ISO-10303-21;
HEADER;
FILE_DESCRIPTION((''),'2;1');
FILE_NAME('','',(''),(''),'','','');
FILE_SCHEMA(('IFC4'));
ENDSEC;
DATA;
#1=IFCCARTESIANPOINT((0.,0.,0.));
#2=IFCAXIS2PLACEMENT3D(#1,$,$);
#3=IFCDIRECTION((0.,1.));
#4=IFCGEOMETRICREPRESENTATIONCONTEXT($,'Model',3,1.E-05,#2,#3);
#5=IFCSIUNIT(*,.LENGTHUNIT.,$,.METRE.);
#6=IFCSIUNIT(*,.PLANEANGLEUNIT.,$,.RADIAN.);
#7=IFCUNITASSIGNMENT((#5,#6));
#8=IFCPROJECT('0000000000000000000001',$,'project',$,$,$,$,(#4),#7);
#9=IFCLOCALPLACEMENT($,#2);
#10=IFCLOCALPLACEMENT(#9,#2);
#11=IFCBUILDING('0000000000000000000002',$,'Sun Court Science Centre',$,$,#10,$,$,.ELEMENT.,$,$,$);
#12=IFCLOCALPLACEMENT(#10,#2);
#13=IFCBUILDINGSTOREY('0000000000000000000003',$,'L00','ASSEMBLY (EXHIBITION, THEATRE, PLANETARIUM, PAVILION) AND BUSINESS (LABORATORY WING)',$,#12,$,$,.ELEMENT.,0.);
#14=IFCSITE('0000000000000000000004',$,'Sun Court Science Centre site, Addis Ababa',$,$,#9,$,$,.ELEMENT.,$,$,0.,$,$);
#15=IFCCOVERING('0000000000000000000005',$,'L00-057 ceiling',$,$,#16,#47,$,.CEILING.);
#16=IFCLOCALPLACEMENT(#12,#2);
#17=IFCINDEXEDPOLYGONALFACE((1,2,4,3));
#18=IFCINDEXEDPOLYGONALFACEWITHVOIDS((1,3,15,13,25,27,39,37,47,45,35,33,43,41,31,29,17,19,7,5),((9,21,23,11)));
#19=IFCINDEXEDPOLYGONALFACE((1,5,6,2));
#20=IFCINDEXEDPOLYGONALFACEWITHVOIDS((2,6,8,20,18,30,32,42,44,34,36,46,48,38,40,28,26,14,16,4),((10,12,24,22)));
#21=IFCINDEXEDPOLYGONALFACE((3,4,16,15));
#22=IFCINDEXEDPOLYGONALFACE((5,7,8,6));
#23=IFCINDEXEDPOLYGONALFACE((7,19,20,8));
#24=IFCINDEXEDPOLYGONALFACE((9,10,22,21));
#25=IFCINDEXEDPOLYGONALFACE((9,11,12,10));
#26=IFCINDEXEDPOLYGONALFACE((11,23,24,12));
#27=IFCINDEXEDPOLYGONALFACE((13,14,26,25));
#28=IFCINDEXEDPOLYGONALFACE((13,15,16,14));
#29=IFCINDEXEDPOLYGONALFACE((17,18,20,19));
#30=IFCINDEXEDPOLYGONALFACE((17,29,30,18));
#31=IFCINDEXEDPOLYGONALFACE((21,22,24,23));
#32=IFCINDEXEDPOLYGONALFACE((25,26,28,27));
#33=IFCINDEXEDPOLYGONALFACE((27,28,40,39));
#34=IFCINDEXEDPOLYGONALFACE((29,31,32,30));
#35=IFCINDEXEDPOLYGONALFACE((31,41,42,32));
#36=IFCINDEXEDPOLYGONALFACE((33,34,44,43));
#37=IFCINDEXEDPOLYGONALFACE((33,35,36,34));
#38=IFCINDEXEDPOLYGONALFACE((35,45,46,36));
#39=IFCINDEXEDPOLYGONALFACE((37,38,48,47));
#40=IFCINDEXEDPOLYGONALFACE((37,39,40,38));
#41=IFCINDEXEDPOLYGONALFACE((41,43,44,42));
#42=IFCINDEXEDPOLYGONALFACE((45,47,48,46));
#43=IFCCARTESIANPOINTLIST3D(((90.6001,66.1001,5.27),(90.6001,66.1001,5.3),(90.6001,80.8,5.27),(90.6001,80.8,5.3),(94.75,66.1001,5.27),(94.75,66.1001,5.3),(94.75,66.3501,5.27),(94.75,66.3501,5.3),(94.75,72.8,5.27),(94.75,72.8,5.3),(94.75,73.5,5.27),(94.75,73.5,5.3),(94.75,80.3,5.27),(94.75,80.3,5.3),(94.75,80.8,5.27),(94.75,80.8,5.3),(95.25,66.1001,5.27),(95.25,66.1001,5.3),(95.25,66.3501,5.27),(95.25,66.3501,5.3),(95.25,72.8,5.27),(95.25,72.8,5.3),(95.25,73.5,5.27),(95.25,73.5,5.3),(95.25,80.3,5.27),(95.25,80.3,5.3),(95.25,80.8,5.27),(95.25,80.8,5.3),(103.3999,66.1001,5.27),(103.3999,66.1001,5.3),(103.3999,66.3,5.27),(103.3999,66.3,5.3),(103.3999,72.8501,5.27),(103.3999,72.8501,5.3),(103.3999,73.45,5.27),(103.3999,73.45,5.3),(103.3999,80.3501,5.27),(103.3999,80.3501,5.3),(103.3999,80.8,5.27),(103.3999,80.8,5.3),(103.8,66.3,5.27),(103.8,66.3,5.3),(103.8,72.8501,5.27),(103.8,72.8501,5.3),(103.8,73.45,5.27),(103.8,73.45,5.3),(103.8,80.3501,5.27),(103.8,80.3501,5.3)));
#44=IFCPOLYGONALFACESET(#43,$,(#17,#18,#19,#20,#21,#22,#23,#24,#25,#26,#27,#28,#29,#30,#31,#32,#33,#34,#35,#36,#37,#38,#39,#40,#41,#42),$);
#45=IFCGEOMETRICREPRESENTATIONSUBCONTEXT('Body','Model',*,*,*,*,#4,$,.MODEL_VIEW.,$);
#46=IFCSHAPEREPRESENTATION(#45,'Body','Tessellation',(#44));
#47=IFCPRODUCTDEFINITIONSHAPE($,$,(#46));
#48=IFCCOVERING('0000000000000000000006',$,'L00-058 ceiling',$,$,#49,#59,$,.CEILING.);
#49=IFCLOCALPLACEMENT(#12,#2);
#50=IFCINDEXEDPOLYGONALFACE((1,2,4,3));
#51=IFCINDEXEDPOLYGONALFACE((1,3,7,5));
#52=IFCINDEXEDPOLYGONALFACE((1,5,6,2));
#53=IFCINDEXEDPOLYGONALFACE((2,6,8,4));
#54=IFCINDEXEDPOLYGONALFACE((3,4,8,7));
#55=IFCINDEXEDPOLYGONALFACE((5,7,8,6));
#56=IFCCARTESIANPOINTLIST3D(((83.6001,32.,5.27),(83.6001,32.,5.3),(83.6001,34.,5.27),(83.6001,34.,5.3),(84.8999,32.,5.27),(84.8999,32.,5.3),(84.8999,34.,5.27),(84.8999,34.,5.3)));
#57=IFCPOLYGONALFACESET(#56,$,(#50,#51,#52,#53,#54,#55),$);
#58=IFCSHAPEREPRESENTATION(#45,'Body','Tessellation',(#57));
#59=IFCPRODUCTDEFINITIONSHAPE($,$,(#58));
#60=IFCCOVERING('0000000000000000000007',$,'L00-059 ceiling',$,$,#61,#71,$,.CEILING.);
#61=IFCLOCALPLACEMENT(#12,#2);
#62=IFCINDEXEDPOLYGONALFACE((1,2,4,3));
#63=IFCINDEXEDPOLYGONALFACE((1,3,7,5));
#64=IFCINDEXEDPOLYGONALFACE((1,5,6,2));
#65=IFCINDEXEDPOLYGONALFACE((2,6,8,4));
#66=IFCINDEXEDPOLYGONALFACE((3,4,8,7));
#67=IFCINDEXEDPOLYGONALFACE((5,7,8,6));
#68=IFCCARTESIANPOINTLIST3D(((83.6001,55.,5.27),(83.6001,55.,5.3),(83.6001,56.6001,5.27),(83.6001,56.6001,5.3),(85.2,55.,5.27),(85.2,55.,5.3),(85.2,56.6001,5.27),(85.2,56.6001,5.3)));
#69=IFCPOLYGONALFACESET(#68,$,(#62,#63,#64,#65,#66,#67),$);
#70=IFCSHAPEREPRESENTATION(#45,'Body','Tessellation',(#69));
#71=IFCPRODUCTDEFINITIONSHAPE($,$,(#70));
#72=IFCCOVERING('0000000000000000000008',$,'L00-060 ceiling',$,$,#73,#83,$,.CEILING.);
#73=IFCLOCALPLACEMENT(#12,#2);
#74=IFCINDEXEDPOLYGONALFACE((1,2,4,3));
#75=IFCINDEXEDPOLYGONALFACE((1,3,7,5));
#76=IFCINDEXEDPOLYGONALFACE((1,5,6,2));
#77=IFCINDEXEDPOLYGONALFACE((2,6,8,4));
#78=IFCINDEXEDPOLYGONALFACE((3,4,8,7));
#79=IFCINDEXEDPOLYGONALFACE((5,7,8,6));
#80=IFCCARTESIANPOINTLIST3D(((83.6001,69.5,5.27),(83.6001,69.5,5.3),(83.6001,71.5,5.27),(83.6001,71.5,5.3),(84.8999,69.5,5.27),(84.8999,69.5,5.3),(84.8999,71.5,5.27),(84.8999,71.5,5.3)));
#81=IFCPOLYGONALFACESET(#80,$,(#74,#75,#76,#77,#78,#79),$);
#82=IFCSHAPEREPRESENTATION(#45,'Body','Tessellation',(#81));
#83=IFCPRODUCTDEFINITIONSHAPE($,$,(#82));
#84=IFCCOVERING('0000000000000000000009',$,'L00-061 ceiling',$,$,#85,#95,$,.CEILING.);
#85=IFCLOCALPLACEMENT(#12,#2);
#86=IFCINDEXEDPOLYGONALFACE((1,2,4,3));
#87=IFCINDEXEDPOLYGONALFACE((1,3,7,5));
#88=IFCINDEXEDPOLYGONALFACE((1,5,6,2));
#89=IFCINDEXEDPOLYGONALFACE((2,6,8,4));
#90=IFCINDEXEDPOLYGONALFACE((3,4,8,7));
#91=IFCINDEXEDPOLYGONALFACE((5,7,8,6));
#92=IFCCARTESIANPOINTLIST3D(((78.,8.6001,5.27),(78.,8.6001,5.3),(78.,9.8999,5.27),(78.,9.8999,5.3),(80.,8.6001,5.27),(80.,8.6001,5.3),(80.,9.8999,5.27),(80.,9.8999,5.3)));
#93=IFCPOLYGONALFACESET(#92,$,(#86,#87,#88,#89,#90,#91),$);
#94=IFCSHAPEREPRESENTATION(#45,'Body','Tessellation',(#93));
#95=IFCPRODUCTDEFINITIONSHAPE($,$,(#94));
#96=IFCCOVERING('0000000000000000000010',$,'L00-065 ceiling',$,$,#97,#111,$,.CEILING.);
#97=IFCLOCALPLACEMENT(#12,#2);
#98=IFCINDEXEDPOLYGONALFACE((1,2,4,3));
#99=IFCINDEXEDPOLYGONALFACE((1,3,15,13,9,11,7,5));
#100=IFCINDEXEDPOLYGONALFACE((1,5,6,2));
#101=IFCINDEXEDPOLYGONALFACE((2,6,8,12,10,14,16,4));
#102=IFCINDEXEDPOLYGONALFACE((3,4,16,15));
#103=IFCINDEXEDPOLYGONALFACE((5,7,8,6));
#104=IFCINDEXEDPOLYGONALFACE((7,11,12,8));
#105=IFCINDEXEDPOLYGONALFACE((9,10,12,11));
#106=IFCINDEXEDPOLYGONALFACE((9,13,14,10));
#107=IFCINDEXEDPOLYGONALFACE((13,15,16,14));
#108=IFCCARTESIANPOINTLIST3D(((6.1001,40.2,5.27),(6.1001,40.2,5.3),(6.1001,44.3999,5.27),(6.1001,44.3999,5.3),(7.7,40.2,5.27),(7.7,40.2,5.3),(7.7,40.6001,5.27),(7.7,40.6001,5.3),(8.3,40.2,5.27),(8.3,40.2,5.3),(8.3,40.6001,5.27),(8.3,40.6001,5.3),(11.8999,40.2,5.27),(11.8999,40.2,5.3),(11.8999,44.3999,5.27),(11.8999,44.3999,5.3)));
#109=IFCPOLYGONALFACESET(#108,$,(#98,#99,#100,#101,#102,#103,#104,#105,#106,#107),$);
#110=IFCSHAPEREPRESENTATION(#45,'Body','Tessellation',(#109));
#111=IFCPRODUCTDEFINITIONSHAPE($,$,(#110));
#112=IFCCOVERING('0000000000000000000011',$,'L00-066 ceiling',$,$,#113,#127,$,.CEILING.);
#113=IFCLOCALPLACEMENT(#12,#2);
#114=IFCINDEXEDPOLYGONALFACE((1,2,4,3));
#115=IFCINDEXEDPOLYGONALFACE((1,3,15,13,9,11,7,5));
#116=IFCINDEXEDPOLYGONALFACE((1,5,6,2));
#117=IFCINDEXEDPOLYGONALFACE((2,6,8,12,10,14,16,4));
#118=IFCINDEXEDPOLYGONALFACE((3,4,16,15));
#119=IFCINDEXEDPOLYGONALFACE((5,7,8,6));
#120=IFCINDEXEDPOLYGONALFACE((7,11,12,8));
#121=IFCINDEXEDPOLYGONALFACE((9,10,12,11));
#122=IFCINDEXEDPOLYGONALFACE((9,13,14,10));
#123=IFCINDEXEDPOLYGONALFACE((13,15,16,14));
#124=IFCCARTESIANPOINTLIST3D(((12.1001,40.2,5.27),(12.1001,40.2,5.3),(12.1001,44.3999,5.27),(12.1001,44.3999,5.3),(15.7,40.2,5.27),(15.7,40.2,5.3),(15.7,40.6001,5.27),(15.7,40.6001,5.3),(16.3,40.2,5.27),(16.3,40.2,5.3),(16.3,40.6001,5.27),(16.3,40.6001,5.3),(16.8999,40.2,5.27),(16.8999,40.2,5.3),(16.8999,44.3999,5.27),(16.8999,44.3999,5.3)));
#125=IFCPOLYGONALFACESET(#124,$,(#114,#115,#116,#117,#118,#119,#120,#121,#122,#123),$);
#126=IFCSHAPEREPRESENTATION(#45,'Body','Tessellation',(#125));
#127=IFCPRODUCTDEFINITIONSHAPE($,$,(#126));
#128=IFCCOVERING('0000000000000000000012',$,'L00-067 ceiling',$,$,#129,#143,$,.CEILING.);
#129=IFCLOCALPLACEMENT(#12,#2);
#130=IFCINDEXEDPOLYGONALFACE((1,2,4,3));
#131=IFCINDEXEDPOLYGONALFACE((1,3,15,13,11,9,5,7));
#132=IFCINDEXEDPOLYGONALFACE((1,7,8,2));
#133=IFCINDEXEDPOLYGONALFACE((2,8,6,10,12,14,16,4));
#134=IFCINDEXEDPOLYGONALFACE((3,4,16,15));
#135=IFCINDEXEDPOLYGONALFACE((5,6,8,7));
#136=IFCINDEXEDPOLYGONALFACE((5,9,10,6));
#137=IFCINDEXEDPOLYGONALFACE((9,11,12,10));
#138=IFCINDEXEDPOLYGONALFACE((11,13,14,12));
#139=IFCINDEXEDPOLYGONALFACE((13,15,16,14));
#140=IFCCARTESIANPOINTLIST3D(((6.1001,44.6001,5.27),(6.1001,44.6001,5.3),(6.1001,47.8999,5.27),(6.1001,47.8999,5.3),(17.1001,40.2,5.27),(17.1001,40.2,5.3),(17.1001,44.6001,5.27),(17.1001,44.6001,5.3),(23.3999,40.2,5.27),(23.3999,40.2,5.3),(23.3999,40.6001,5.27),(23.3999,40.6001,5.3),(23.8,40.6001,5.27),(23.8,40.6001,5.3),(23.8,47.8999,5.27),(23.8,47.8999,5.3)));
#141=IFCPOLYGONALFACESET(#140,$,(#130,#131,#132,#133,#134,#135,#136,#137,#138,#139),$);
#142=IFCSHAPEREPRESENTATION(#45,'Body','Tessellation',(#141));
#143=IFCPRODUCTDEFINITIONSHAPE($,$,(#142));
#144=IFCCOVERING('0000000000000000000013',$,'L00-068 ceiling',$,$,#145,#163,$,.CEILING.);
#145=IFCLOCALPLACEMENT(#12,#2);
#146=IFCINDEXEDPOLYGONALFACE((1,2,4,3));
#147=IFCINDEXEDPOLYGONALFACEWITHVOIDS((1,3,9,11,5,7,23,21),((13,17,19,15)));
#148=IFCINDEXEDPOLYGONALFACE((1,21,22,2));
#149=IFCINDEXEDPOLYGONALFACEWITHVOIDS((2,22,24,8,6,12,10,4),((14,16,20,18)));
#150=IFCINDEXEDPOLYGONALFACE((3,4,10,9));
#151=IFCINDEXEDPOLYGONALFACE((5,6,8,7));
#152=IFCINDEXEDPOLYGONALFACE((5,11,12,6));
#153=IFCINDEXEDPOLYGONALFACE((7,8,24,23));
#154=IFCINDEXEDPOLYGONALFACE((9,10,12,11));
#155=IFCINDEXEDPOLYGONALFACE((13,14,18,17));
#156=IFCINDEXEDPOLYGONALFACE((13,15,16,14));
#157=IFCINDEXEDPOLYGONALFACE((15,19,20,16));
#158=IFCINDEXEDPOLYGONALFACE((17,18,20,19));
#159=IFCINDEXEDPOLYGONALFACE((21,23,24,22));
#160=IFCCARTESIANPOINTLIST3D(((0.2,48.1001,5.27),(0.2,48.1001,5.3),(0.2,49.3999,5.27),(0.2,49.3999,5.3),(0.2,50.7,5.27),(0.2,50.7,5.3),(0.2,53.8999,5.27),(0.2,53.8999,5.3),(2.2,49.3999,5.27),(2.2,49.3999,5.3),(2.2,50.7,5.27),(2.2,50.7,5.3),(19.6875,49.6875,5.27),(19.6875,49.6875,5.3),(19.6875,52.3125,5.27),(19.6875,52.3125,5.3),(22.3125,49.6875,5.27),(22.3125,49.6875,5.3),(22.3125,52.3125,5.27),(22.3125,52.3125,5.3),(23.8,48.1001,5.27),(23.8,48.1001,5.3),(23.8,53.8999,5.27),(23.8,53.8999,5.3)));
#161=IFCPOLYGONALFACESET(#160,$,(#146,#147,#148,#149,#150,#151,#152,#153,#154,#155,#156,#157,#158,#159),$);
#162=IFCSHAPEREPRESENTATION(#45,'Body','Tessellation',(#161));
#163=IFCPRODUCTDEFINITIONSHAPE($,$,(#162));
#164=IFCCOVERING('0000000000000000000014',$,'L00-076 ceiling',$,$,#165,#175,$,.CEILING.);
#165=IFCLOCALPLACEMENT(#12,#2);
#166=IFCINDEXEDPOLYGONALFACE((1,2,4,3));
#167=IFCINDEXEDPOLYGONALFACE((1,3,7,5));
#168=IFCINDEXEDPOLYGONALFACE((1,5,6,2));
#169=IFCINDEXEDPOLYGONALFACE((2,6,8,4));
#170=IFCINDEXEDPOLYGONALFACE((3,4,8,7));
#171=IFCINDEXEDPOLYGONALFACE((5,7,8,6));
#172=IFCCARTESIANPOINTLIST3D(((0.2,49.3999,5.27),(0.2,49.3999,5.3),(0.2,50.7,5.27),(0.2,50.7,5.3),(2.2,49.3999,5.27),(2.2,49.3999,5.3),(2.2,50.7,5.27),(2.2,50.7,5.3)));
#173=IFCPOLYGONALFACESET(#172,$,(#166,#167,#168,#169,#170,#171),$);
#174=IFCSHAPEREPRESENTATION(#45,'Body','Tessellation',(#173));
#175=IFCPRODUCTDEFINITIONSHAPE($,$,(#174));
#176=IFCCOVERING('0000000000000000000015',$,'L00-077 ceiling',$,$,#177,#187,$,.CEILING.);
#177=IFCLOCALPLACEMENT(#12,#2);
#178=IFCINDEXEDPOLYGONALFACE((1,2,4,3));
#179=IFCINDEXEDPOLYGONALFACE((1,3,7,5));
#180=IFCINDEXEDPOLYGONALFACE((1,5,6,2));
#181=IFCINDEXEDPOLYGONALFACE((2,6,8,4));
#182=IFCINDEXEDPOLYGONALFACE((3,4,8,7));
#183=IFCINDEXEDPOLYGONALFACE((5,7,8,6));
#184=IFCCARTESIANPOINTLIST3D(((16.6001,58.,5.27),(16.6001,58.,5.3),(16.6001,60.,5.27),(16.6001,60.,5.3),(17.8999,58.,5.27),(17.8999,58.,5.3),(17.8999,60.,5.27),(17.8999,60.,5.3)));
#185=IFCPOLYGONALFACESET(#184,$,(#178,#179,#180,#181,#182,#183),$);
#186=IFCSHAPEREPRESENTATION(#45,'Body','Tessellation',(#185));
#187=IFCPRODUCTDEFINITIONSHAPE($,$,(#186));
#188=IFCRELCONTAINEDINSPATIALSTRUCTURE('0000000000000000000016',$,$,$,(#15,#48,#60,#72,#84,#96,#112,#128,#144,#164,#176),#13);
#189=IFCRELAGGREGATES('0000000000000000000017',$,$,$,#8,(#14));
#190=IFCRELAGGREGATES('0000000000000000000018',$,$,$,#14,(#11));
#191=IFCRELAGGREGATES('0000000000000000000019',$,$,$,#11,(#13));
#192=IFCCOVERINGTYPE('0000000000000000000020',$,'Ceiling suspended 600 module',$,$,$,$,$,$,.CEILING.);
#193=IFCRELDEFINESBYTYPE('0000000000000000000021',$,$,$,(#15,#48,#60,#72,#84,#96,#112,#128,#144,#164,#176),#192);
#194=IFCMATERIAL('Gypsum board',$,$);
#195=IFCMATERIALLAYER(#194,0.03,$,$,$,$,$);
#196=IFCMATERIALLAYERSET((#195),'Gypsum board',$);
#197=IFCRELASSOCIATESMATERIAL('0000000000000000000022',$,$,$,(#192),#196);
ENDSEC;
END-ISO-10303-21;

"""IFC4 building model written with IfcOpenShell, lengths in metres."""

from ifc_helpers import new_model, si_unit, direction, frame, origin, place, context, subcontext, project, spatial, polyline, outline, extrude, material, layer, layer_set, type_object, element, save


model = new_model("IFC4")

# Units and contexts
model_context = context("Model", 3, precision=1e-05, world=origin(), true_north=direction((0.0, 1.0)))
body_context = subcontext(model_context, "Body", "Model", "MODEL_VIEW")
ifc_project = project(units=[si_unit("LENGTHUNIT", "METRE"), si_unit("PLANEANGLEUNIT", "RADIAN")], contexts=[model_context])

# Site, building, storey
site_placement = place(None, origin())
site = spatial("IfcSite", under=ifc_project, at=site_placement, Name="Sun Court Science Centre site, Addis Ababa", CompositionType="ELEMENT", RefElevation=0.0)
building_placement = place(site_placement, origin())
building = spatial("IfcBuilding", under=site, at=building_placement, Name="Sun Court Science Centre", CompositionType="ELEMENT")
storey_placement = place(building_placement, origin())
storey = spatial("IfcBuildingStorey", under=building, at=storey_placement, Name="L00", Description="ASSEMBLY (EXHIBITION, THEATRE, PLANETARIUM, PAVILION) AND BUSINESS (LABORATORY WING)", CompositionType="ELEMENT", Elevation=0.0)

# Coverings
ifc_material_1 = material(Name="Gypsum board")
ifc_layer_1 = layer(ifc_material_1, 0.03)
ifc_layer_set_1 = layer_set([ifc_layer_1], Name="Gypsum board")
covering_type_1 = type_object("IfcCoveringType", Name="Ceiling suspended 600 module", PredefinedType="CEILING", material=ifc_layer_set_1)
covering_1_placement = place(storey_placement, frame((0.0, 0.0, 5.27)))
element("IfcCovering", 1, at=covering_1_placement, inside=storey, type_object=covering_type_1, Name="L00-057 ceiling", PredefinedType="CEILING", context=body_context, shape_type="SweptSolid", body=[
    extrude(outline(polyline([(103.8, 73.45), (103.3999, 73.45), (103.3999, 72.8501), (103.8, 72.8501), (103.8, 66.3), (103.3999, 66.3), (103.3999, 66.1001), (95.25, 66.1001), (95.25, 66.3501), (94.75, 66.3501), (94.75, 66.1001), (90.6001, 66.1001), (90.6001, 80.8), (94.75, 80.8), (94.75, 80.3), (95.25, 80.3), (95.25, 80.8), (103.3999, 80.8), (103.3999, 80.3501), (103.8, 80.3501), (103.8, 73.45)]), holes=[polyline([(94.75, 72.8), (95.25, 72.8), (95.25, 73.5), (94.75, 73.5), (94.75, 72.8)])]), origin(), (0.0, 0.0, 1.0), 0.03),
])
covering_2_placement = place(storey_placement, frame((0.0, 0.0, 5.27)))
element("IfcCovering", 2, at=covering_2_placement, inside=storey, type_object=covering_type_1, Name="L00-058 ceiling", PredefinedType="CEILING", context=body_context, shape_type="SweptSolid", body=[
    extrude(outline(polyline([(84.8999, 34.0), (84.8999, 32.0), (83.6001, 32.0), (83.6001, 34.0), (84.8999, 34.0)])), origin(), (0.0, 0.0, 1.0), 0.03),
])
covering_3_placement = place(storey_placement, frame((0.0, 0.0, 5.27)))
element("IfcCovering", 3, at=covering_3_placement, inside=storey, type_object=covering_type_1, Name="L00-059 ceiling", PredefinedType="CEILING", context=body_context, shape_type="SweptSolid", body=[
    extrude(outline(polyline([(85.2, 56.6001), (85.2, 55.0), (83.6001, 55.0), (83.6001, 56.6001), (85.2, 56.6001)])), origin(), (0.0, 0.0, 1.0), 0.03),
])
covering_4_placement = place(storey_placement, frame((0.0, 0.0, 5.27)))
element("IfcCovering", 4, at=covering_4_placement, inside=storey, type_object=covering_type_1, Name="L00-060 ceiling", PredefinedType="CEILING", context=body_context, shape_type="SweptSolid", body=[
    extrude(outline(polyline([(84.8999, 71.5), (84.8999, 69.5), (83.6001, 69.5), (83.6001, 71.5), (84.8999, 71.5)])), origin(), (0.0, 0.0, 1.0), 0.03),
])
covering_5_placement = place(storey_placement, frame((0.0, 0.0, 5.27)))
element("IfcCovering", 5, at=covering_5_placement, inside=storey, type_object=covering_type_1, Name="L00-061 ceiling", PredefinedType="CEILING", context=body_context, shape_type="SweptSolid", body=[
    extrude(outline(polyline([(80.0, 9.8999), (80.0, 8.6001), (78.0, 8.6001), (78.0, 9.8999), (80.0, 9.8999)])), origin(), (0.0, 0.0, 1.0), 0.03),
])
covering_6_placement = place(storey_placement, frame((0.0, 0.0, 5.27)))
element("IfcCovering", 6, at=covering_6_placement, inside=storey, type_object=covering_type_1, Name="L00-065 ceiling", PredefinedType="CEILING", context=body_context, shape_type="SweptSolid", body=[
    extrude(outline(polyline([(6.1001, 40.2), (6.1001, 44.3999), (11.8999, 44.3999), (11.8999, 40.2), (8.3, 40.2), (8.3, 40.6001), (7.7, 40.6001), (7.7, 40.2), (6.1001, 40.2)])), origin(), (0.0, 0.0, 1.0), 0.03),
])
covering_7_placement = place(storey_placement, frame((0.0, 0.0, 5.27)))
element("IfcCovering", 7, at=covering_7_placement, inside=storey, type_object=covering_type_1, Name="L00-066 ceiling", PredefinedType="CEILING", context=body_context, shape_type="SweptSolid", body=[
    extrude(outline(polyline([(12.1001, 40.2), (12.1001, 44.3999), (16.8999, 44.3999), (16.8999, 40.2), (16.3, 40.2), (16.3, 40.6001), (15.7, 40.6001), (15.7, 40.2), (12.1001, 40.2)])), origin(), (0.0, 0.0, 1.0), 0.03),
])
covering_8_placement = place(storey_placement, frame((0.0, 0.0, 5.27)))
element("IfcCovering", 8, at=covering_8_placement, inside=storey, type_object=covering_type_1, Name="L00-067 ceiling", PredefinedType="CEILING", context=body_context, shape_type="SweptSolid", body=[
    extrude(outline(polyline([(23.3999, 40.2), (17.1001, 40.2), (17.1001, 44.6001), (6.1001, 44.6001), (6.1001, 47.8999), (23.8, 47.8999), (23.8, 40.6001), (23.3999, 40.6001), (23.3999, 40.2)])), origin(), (0.0, 0.0, 1.0), 0.03),
])
covering_9_placement = place(storey_placement, frame((0.0, 0.0, 5.27)))
element("IfcCovering", 9, at=covering_9_placement, inside=storey, type_object=covering_type_1, Name="L00-068 ceiling", PredefinedType="CEILING", context=body_context, shape_type="SweptSolid", body=[
    extrude(outline(polyline([(2.2, 49.3999), (2.2, 50.7), (0.2, 50.7), (0.2, 53.8999), (23.8, 53.8999), (23.8, 48.1001), (0.2, 48.1001), (0.2, 49.3999), (2.2, 49.3999)]), holes=[polyline([(19.6875, 49.6875), (22.3125, 49.6875), (22.3125, 52.3125), (19.6875, 52.3125), (19.6875, 49.6875)])]), origin(), (0.0, 0.0, 1.0), 0.03),
])
covering_10_placement = place(storey_placement, frame((0.0, 0.0, 5.27)))
element("IfcCovering", 10, at=covering_10_placement, inside=storey, type_object=covering_type_1, Name="L00-076 ceiling", PredefinedType="CEILING", context=body_context, shape_type="SweptSolid", body=[
    extrude(outline(polyline([(2.2, 50.7), (2.2, 49.3999), (0.2, 49.3999), (0.2, 50.7), (2.2, 50.7)])), origin(), (0.0, 0.0, 1.0), 0.03),
])
covering_11_placement = place(storey_placement, frame((0.0, 0.0, 5.27)))
element("IfcCovering", 11, at=covering_11_placement, inside=storey, type_object=covering_type_1, Name="L00-077 ceiling", PredefinedType="CEILING", context=body_context, shape_type="SweptSolid", body=[
    extrude(outline(polyline([(17.8999, 60.0), (17.8999, 58.0), (16.6001, 58.0), (16.6001, 60.0), (17.8999, 60.0)])), origin(), (0.0, 0.0, 1.0), 0.03),
])

save(model, "model.ifc")
